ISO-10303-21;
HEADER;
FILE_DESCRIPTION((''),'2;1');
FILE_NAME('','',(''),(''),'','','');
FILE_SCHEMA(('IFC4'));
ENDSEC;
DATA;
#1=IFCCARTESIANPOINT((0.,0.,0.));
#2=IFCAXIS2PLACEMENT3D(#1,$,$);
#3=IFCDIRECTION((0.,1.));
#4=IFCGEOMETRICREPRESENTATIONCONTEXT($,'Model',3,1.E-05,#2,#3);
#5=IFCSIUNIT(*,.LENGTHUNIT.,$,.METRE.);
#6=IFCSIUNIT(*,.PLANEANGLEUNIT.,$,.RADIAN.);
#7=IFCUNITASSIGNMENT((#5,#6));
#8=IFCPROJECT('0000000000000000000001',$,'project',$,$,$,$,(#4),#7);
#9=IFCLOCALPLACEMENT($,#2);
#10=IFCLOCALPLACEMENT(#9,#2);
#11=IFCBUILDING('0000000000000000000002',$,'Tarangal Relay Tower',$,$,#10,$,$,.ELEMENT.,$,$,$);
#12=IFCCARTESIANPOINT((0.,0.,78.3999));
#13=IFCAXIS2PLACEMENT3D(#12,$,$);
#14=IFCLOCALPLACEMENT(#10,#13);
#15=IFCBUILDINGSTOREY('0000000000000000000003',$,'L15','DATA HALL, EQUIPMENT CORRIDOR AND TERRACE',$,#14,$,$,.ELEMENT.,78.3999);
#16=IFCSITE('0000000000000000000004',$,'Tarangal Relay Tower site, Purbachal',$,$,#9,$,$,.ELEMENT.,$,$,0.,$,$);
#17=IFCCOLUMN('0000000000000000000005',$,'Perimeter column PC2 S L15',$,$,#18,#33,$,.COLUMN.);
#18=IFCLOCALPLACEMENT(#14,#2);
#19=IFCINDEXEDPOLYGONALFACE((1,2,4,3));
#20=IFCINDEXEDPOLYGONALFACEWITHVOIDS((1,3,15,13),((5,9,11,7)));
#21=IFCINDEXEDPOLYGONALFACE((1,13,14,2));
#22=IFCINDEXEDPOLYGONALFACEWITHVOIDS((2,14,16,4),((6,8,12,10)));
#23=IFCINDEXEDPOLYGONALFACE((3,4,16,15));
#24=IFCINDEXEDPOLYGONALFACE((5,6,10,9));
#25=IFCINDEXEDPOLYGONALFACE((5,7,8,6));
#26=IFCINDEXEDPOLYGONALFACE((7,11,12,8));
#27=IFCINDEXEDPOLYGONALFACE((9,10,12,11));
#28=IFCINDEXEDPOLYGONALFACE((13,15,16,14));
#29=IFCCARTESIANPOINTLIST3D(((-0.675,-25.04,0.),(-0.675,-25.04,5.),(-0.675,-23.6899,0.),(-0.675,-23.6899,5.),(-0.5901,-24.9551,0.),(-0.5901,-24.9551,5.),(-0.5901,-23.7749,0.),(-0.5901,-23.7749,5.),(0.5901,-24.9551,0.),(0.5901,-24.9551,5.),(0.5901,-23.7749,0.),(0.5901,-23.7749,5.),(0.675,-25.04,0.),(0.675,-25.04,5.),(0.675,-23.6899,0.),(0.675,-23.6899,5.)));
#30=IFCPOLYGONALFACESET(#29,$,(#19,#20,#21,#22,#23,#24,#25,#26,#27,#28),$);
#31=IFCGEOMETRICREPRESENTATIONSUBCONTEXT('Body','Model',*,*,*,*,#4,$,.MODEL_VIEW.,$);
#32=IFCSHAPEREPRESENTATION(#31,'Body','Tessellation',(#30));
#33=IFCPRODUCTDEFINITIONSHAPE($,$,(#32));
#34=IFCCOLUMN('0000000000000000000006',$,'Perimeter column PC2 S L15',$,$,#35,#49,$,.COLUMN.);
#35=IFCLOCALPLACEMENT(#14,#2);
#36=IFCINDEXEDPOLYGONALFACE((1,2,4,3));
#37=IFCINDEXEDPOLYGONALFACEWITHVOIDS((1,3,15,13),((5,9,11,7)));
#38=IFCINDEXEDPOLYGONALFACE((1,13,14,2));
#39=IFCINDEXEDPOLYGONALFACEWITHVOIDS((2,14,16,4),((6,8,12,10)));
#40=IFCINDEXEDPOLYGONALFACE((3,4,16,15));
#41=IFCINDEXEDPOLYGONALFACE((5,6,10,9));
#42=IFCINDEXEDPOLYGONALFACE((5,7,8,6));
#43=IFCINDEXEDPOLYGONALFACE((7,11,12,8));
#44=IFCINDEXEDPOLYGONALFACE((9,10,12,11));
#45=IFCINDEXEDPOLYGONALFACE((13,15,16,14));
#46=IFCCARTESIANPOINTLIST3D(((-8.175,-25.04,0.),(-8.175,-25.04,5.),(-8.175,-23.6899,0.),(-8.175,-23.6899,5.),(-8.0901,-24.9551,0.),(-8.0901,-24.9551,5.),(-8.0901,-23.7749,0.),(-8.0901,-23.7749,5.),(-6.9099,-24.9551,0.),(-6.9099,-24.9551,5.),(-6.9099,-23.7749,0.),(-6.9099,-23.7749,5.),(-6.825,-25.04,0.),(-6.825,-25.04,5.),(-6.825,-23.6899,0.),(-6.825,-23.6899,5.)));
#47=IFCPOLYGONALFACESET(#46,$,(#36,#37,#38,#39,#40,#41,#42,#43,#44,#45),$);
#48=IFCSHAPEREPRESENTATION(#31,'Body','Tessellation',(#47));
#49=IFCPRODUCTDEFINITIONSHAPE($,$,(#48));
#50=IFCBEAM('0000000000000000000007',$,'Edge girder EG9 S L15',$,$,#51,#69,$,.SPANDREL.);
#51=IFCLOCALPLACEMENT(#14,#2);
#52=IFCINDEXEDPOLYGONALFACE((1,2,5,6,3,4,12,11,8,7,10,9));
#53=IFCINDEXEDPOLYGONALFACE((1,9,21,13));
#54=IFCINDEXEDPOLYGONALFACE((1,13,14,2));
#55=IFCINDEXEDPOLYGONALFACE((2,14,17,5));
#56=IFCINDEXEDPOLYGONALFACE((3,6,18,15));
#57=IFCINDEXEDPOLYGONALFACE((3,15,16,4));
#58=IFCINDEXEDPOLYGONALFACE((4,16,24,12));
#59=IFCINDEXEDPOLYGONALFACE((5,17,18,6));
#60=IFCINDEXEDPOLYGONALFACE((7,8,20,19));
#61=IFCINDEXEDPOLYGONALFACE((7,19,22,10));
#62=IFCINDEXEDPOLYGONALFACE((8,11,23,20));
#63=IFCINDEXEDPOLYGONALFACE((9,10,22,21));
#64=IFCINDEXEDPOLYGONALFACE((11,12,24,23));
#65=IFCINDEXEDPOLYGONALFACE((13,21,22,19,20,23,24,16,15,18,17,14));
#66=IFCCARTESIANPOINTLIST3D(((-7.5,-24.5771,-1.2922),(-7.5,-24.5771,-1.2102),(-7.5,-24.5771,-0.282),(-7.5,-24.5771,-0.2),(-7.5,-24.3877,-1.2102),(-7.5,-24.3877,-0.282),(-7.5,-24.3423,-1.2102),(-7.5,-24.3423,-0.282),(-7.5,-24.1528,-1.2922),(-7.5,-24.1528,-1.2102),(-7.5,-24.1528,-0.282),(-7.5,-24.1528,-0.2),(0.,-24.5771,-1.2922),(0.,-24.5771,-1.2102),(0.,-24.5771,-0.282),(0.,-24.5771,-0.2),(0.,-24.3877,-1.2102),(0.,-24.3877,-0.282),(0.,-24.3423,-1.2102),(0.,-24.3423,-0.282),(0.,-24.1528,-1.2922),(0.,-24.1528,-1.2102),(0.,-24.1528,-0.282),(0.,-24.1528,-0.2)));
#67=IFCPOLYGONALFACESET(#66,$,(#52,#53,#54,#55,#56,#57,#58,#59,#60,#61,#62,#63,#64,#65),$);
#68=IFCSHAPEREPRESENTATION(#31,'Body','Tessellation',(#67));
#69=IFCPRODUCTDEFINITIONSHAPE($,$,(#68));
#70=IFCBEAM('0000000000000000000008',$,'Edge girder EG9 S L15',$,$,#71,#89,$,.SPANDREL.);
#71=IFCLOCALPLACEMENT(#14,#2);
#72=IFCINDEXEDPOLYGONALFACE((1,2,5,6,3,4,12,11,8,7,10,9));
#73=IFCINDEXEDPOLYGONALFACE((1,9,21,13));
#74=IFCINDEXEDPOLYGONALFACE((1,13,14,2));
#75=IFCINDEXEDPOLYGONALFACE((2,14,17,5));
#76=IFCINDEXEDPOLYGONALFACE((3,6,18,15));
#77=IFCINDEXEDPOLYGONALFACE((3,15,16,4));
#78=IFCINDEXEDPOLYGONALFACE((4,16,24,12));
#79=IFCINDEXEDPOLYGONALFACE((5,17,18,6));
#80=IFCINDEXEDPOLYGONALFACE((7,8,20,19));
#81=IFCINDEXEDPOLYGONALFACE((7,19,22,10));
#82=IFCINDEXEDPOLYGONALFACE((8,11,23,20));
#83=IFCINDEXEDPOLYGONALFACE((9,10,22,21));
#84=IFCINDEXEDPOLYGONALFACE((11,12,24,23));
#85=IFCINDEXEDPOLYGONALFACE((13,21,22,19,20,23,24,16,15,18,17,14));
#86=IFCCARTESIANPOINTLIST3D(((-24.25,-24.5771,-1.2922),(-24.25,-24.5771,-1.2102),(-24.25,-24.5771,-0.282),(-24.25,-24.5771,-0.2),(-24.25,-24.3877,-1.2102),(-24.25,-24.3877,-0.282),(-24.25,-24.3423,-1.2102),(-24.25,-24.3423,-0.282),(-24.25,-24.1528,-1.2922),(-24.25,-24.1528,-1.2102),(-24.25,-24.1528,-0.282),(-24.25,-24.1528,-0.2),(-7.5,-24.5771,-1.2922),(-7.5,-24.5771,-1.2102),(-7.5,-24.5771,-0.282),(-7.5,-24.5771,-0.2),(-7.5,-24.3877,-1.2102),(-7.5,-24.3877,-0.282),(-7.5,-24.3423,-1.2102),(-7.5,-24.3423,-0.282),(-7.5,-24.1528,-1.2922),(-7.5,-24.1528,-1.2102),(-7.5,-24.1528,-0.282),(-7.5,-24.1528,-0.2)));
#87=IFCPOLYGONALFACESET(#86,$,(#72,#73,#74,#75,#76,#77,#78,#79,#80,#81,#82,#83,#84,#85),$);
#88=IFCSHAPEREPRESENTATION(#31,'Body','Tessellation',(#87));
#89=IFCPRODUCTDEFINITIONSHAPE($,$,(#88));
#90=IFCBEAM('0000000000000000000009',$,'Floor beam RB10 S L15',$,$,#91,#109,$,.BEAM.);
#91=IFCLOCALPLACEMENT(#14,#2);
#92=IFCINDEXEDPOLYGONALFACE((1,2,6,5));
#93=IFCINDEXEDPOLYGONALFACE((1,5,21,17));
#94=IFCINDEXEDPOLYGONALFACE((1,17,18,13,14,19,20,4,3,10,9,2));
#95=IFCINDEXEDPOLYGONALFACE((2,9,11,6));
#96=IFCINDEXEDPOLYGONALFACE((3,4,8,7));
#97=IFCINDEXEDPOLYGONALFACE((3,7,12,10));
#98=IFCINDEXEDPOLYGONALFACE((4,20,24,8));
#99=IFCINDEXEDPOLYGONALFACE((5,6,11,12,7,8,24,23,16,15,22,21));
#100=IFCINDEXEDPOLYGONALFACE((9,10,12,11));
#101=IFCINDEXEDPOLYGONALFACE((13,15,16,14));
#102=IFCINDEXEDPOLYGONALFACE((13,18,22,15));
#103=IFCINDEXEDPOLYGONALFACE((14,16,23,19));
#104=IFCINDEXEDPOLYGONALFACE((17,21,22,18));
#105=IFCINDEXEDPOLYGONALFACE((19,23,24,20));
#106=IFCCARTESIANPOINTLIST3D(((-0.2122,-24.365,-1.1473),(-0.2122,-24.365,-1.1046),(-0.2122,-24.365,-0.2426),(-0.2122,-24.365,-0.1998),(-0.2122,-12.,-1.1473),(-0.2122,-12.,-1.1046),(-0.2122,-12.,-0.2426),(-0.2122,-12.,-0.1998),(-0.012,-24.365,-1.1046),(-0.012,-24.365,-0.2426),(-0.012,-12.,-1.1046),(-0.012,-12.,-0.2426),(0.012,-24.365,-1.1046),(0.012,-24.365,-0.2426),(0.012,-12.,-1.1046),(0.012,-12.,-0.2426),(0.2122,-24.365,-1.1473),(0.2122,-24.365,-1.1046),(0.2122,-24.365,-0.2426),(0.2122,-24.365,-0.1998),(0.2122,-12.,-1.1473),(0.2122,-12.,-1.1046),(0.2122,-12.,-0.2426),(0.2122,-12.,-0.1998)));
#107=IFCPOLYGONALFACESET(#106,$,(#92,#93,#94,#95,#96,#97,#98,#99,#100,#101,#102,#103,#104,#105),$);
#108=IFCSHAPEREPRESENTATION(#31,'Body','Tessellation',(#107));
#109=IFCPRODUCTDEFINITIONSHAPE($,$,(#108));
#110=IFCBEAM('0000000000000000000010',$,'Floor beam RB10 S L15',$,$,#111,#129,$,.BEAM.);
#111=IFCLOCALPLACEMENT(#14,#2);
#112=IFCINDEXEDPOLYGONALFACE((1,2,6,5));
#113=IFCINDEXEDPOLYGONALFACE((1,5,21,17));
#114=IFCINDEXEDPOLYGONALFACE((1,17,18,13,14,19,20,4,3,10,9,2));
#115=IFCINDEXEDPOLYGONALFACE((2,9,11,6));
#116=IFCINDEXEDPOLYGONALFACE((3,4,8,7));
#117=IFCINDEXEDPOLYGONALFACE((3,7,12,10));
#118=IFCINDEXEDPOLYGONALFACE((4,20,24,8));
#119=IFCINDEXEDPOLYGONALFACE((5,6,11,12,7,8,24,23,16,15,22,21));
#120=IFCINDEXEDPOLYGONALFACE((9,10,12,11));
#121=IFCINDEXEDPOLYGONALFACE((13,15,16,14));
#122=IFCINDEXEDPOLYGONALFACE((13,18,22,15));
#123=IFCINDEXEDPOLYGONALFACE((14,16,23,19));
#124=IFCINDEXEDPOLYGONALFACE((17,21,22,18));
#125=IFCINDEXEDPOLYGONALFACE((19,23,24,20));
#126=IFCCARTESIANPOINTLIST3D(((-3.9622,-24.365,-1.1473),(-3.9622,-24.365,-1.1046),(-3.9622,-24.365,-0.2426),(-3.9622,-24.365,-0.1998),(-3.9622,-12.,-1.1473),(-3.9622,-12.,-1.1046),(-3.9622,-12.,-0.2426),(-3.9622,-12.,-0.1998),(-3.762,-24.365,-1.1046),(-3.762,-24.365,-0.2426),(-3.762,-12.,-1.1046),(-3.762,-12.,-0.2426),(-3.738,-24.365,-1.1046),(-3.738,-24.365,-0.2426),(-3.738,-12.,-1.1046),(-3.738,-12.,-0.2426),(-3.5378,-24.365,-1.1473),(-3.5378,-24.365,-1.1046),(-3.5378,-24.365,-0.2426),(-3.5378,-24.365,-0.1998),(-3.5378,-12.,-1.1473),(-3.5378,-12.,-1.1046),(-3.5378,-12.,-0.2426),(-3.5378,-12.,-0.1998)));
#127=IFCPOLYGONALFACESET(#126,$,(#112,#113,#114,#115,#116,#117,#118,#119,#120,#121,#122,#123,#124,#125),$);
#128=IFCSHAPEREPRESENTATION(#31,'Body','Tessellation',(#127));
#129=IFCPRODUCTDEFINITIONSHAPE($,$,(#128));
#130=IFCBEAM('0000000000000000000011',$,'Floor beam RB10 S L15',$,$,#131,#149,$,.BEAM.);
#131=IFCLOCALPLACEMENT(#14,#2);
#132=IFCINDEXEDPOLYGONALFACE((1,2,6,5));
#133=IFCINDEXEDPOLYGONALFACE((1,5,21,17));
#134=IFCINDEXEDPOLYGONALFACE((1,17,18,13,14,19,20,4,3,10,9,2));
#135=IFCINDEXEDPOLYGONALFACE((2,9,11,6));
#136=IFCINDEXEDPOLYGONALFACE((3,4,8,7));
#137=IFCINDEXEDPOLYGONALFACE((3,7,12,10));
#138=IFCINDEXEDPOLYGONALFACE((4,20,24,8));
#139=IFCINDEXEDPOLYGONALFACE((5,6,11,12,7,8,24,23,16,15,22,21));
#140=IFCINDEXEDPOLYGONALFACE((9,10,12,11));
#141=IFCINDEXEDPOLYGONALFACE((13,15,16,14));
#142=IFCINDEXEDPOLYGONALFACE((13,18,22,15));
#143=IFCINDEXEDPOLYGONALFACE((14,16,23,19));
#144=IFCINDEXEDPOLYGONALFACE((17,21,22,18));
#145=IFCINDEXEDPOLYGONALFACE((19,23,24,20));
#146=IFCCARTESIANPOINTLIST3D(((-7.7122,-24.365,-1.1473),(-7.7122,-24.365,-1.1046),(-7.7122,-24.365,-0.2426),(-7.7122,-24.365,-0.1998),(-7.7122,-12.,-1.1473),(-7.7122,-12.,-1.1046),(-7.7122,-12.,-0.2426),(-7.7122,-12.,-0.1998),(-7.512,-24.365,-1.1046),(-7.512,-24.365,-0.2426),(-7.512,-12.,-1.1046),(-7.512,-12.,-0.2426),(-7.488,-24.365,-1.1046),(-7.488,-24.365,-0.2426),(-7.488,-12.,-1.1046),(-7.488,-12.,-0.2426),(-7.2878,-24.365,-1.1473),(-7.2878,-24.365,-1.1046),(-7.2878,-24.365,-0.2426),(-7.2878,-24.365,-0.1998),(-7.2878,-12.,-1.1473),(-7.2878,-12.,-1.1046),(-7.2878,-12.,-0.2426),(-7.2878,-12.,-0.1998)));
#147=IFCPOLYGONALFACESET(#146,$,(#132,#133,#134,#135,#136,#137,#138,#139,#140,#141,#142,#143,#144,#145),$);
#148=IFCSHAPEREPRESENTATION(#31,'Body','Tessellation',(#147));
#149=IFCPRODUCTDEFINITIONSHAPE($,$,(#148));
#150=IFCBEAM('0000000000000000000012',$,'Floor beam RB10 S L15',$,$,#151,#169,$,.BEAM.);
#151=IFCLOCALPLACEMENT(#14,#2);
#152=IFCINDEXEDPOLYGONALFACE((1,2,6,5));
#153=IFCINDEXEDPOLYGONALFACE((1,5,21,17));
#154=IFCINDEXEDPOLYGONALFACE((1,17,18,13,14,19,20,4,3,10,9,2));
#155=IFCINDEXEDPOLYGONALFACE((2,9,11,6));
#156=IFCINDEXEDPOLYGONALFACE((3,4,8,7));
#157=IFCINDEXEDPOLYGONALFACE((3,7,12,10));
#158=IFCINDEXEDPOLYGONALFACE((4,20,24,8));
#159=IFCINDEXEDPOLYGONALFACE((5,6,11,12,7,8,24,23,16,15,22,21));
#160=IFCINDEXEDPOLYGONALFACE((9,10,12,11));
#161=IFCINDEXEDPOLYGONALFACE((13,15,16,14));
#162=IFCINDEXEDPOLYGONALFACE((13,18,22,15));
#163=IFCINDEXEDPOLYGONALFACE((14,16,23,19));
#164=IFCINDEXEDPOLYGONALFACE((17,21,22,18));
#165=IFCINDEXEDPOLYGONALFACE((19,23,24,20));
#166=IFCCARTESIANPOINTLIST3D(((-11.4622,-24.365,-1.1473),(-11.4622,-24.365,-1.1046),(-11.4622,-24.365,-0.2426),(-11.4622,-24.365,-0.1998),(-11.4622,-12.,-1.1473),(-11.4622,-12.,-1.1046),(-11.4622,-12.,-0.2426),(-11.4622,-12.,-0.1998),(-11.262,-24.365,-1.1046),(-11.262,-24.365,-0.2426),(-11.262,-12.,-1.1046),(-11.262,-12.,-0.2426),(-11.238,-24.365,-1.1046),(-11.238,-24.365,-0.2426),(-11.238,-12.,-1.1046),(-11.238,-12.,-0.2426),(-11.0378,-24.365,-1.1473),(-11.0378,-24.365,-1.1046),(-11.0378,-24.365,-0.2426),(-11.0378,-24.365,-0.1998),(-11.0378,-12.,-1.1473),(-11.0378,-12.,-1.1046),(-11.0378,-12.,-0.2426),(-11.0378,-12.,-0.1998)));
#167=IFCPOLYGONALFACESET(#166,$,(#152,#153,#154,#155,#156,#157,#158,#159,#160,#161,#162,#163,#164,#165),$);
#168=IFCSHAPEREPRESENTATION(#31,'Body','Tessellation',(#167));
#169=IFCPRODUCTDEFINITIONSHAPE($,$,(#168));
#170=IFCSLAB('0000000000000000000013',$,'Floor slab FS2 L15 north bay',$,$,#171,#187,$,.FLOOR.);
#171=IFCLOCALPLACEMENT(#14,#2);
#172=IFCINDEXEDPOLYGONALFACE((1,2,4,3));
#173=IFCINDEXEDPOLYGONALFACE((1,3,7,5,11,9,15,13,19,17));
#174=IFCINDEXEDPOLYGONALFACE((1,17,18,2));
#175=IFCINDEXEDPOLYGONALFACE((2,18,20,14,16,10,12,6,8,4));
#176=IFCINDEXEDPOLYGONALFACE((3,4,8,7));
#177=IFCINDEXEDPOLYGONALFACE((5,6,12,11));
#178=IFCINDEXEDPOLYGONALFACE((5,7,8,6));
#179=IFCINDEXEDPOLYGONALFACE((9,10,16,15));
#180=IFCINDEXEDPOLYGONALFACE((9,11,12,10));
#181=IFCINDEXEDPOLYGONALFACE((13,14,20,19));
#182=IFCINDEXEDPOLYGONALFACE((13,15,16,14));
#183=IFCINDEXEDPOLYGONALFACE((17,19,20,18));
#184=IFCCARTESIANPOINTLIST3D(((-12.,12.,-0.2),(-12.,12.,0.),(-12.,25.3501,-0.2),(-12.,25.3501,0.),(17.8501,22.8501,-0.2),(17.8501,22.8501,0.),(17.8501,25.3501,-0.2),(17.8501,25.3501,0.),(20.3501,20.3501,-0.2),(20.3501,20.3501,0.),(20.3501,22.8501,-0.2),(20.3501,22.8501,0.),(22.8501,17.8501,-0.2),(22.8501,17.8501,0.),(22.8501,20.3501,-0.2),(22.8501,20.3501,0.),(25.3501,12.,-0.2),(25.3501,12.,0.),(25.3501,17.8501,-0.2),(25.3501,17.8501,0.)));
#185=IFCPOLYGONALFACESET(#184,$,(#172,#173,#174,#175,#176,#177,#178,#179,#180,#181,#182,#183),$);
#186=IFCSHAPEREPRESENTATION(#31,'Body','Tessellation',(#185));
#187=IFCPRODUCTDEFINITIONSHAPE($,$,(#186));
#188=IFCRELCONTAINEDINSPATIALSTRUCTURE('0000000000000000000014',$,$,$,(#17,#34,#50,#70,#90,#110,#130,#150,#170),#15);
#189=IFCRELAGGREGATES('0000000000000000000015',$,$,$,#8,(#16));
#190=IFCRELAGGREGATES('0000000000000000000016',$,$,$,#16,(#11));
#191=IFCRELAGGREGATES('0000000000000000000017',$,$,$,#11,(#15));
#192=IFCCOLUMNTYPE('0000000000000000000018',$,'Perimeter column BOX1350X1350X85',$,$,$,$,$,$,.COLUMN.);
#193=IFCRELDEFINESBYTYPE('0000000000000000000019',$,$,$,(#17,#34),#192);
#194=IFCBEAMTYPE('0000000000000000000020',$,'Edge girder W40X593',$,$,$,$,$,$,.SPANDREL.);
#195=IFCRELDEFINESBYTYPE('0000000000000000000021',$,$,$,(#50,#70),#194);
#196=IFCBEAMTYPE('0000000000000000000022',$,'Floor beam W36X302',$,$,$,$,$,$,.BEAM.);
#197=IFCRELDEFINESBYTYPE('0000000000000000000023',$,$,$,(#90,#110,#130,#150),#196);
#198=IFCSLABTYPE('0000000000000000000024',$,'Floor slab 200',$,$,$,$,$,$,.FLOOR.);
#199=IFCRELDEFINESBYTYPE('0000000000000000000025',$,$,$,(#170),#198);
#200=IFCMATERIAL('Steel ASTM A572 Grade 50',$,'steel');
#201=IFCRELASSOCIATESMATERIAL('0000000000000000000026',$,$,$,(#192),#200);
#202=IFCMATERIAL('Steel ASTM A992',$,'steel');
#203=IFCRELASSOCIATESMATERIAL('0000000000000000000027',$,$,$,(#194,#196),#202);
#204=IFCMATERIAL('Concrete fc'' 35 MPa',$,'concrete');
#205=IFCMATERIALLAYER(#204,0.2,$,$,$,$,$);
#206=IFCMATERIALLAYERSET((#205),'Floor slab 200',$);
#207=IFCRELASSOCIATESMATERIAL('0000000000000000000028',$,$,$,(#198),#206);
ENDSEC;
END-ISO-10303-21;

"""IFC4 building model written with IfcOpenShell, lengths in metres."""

from ifc_helpers import new_model, si_unit, direction, frame, origin, origin_2d, place, context, subcontext, project, spatial, polyline, hollow_rectangle, i_section, outline, extrude, material, layer, layer_set, material_profile, profile_set, type_object, element, save


model = new_model("IFC4")

# Units and contexts
model_context = context("Model", 3, precision=1e-05, world=origin(), true_north=direction((0.0, 1.0)))
body_context = subcontext(model_context, "Body", "Model", "MODEL_VIEW")
ifc_project = project(units=[si_unit("LENGTHUNIT", "METRE"), si_unit("PLANEANGLEUNIT", "RADIAN")], contexts=[model_context])

# Site, building, storey
site_placement = place(None, origin())
site = spatial("IfcSite", under=ifc_project, at=site_placement, Name="Tarangal Relay Tower site, Purbachal", CompositionType="ELEMENT", RefElevation=0.0)
building_placement = place(site_placement, origin())
building = spatial("IfcBuilding", under=site, at=building_placement, Name="Tarangal Relay Tower", CompositionType="ELEMENT")
storey_placement = place(building_placement, frame((0.0, 0.0, 78.3999)))
storey = spatial("IfcBuildingStorey", under=building, at=storey_placement, Name="L15", Description="DATA HALL, EQUIPMENT CORRIDOR AND TERRACE", CompositionType="ELEMENT", Elevation=78.3999)

# Columns
ifc_material_1 = material(Name="Steel ASTM A572 Grade 50", Category="steel")
ifc_material_profile_1 = material_profile(ifc_material_1, hollow_rectangle(XDim=1.3501, YDim=1.3501, WallThickness=0.085, at=origin_2d()), Name="BOX1350X1350X85")
ifc_profile_set_1 = profile_set([ifc_material_profile_1], Name="Steel ASTM A572 Grade 50")
column_type = type_object("IfcColumnType", Name="Perimeter column BOX1350X1350X85", PredefinedType="COLUMN", material=ifc_profile_set_1)
for number, where, z_axis, x_axis, name in (
    (1, (0.0, -24.365, 0.0), (0.0, 0.0, 1.0), (1.0, 0.0, 0.0), "Perimeter column PC2 S L15"),
    (2, (-7.5, -24.365, 0.0), (0.0, 0.0, 1.0), (1.0, 0.0, 0.0), "Perimeter column PC2 S L15"),
):
    element("IfcColumn", number, at=place(storey_placement, frame(where, z_axis=z_axis, x_axis=x_axis)), inside=storey, type_object=column_type, Name=name, PredefinedType="COLUMN", context=body_context, shape_type="SweptSolid", body=[
        extrude(hollow_rectangle(XDim=1.3501, YDim=1.3501, WallThickness=0.085, at=origin_2d()), origin(), (0.0, 0.0, 1.0), 5.0),
    ])

# Beams
ifc_material_2 = material(Name="Steel ASTM A992", Category="steel")
ifc_material_profile_2 = material_profile(ifc_material_2, i_section(OverallWidth=0.4243, OverallDepth=1.0923, WebThickness=0.0454, FlangeThickness=0.082, at=origin_2d()), Name="W40X593")
ifc_profile_set_2 = profile_set([ifc_material_profile_2], Name="Steel ASTM A992")
beam_type_1 = type_object("IfcBeamType", Name="Edge girder W40X593", PredefinedType="SPANDREL", material=ifc_profile_set_2)
beam_1_placement = place(storey_placement, frame((0.0, -24.365, -0.7461), z_axis=(-1.0, 0.0, 0.0), x_axis=(0.0, -1.0, 0.0)))
element("IfcBeam", 3, at=beam_1_placement, inside=storey, type_object=beam_type_1, Name="Edge girder EG9 S L15", PredefinedType="SPANDREL", context=body_context, shape_type="SweptSolid", body=[
    extrude(i_section(OverallWidth=0.4243, OverallDepth=1.0923, WebThickness=0.0454, FlangeThickness=0.082, at=origin_2d()), origin(), (0.0, 0.0, 1.0), 7.5),
])
beam_2_placement = place(storey_placement, frame((-7.5, -24.365, -0.7461), z_axis=(-1.0, 0.0, 0.0), x_axis=(0.0, -1.0, 0.0)))
element("IfcBeam", 4, at=beam_2_placement, inside=storey, type_object=beam_type_1, Name="Edge girder EG9 S L15", PredefinedType="SPANDREL", context=body_context, shape_type="SweptSolid", body=[
    extrude(i_section(OverallWidth=0.4243, OverallDepth=1.0923, WebThickness=0.0454, FlangeThickness=0.082, at=origin_2d()), origin(), (0.0, 0.0, 1.0), 16.75),
])
ifc_material_profile_3 = material_profile(ifc_material_2, i_section(OverallWidth=0.4243, OverallDepth=0.9475, WebThickness=0.0239, FlangeThickness=0.0427, at=origin_2d()), Name="W36X302")
ifc_profile_set_3 = profile_set([ifc_material_profile_3], Name="Steel ASTM A992")
beam_type_2 = type_object("IfcBeamType", Name="Floor beam W36X302", PredefinedType="BEAM", material=ifc_profile_set_3)
for number, where, z_axis, x_axis, name in (
    (5, (0.0, -12.0, -0.6736), (0.0, -1.0, 0.0), (1.0, 0.0, 0.0), "Floor beam RB10 S L15"),
    (6, (-3.75, -12.0, -0.6736), (0.0, -1.0, 0.0), (1.0, 0.0, 0.0), "Floor beam RB10 S L15"),
    (7, (-7.5, -12.0, -0.6736), (0.0, -1.0, 0.0), (1.0, 0.0, 0.0), "Floor beam RB10 S L15"),
    (8, (-11.25, -12.0, -0.6736), (0.0, -1.0, 0.0), (1.0, 0.0, 0.0), "Floor beam RB10 S L15"),
):
    element("IfcBeam", number, at=place(storey_placement, frame(where, z_axis=z_axis, x_axis=x_axis)), inside=storey, type_object=beam_type_2, Name=name, PredefinedType="BEAM", context=body_context, shape_type="SweptSolid", body=[
        extrude(i_section(OverallWidth=0.4243, OverallDepth=0.9475, WebThickness=0.0239, FlangeThickness=0.0427, at=origin_2d()), origin(), (0.0, 0.0, 1.0), 12.365),
    ])

# Slab
ifc_material_3 = material(Name="Concrete fc' 35 MPa", Category="concrete")
ifc_layer_1 = layer(ifc_material_3, 0.2)
ifc_layer_set_1 = layer_set([ifc_layer_1], Name="Floor slab 200")
slab_type_1 = type_object("IfcSlabType", Name="Floor slab 200", PredefinedType="FLOOR", material=ifc_layer_set_1)
slab_1_placement = place(storey_placement, frame((0.0, 0.0, -0.2)))
element("IfcSlab", 9, at=slab_1_placement, inside=storey, type_object=slab_type_1, Name="Floor slab FS2 L15 north bay", PredefinedType="FLOOR", context=body_context, shape_type="SweptSolid", body=[
    extrude(outline(polyline([(17.8501, 25.3501), (17.8501, 22.8501), (20.3501, 22.8501), (20.3501, 20.3501), (22.8501, 20.3501), (22.8501, 17.8501), (25.3501, 17.8501), (25.3501, 12.0), (-12.0, 12.0), (-12.0, 25.3501), (17.8501, 25.3501)])), origin(), (0.0, 0.0, 1.0), 0.2),
])

save(model, "model.ifc")
